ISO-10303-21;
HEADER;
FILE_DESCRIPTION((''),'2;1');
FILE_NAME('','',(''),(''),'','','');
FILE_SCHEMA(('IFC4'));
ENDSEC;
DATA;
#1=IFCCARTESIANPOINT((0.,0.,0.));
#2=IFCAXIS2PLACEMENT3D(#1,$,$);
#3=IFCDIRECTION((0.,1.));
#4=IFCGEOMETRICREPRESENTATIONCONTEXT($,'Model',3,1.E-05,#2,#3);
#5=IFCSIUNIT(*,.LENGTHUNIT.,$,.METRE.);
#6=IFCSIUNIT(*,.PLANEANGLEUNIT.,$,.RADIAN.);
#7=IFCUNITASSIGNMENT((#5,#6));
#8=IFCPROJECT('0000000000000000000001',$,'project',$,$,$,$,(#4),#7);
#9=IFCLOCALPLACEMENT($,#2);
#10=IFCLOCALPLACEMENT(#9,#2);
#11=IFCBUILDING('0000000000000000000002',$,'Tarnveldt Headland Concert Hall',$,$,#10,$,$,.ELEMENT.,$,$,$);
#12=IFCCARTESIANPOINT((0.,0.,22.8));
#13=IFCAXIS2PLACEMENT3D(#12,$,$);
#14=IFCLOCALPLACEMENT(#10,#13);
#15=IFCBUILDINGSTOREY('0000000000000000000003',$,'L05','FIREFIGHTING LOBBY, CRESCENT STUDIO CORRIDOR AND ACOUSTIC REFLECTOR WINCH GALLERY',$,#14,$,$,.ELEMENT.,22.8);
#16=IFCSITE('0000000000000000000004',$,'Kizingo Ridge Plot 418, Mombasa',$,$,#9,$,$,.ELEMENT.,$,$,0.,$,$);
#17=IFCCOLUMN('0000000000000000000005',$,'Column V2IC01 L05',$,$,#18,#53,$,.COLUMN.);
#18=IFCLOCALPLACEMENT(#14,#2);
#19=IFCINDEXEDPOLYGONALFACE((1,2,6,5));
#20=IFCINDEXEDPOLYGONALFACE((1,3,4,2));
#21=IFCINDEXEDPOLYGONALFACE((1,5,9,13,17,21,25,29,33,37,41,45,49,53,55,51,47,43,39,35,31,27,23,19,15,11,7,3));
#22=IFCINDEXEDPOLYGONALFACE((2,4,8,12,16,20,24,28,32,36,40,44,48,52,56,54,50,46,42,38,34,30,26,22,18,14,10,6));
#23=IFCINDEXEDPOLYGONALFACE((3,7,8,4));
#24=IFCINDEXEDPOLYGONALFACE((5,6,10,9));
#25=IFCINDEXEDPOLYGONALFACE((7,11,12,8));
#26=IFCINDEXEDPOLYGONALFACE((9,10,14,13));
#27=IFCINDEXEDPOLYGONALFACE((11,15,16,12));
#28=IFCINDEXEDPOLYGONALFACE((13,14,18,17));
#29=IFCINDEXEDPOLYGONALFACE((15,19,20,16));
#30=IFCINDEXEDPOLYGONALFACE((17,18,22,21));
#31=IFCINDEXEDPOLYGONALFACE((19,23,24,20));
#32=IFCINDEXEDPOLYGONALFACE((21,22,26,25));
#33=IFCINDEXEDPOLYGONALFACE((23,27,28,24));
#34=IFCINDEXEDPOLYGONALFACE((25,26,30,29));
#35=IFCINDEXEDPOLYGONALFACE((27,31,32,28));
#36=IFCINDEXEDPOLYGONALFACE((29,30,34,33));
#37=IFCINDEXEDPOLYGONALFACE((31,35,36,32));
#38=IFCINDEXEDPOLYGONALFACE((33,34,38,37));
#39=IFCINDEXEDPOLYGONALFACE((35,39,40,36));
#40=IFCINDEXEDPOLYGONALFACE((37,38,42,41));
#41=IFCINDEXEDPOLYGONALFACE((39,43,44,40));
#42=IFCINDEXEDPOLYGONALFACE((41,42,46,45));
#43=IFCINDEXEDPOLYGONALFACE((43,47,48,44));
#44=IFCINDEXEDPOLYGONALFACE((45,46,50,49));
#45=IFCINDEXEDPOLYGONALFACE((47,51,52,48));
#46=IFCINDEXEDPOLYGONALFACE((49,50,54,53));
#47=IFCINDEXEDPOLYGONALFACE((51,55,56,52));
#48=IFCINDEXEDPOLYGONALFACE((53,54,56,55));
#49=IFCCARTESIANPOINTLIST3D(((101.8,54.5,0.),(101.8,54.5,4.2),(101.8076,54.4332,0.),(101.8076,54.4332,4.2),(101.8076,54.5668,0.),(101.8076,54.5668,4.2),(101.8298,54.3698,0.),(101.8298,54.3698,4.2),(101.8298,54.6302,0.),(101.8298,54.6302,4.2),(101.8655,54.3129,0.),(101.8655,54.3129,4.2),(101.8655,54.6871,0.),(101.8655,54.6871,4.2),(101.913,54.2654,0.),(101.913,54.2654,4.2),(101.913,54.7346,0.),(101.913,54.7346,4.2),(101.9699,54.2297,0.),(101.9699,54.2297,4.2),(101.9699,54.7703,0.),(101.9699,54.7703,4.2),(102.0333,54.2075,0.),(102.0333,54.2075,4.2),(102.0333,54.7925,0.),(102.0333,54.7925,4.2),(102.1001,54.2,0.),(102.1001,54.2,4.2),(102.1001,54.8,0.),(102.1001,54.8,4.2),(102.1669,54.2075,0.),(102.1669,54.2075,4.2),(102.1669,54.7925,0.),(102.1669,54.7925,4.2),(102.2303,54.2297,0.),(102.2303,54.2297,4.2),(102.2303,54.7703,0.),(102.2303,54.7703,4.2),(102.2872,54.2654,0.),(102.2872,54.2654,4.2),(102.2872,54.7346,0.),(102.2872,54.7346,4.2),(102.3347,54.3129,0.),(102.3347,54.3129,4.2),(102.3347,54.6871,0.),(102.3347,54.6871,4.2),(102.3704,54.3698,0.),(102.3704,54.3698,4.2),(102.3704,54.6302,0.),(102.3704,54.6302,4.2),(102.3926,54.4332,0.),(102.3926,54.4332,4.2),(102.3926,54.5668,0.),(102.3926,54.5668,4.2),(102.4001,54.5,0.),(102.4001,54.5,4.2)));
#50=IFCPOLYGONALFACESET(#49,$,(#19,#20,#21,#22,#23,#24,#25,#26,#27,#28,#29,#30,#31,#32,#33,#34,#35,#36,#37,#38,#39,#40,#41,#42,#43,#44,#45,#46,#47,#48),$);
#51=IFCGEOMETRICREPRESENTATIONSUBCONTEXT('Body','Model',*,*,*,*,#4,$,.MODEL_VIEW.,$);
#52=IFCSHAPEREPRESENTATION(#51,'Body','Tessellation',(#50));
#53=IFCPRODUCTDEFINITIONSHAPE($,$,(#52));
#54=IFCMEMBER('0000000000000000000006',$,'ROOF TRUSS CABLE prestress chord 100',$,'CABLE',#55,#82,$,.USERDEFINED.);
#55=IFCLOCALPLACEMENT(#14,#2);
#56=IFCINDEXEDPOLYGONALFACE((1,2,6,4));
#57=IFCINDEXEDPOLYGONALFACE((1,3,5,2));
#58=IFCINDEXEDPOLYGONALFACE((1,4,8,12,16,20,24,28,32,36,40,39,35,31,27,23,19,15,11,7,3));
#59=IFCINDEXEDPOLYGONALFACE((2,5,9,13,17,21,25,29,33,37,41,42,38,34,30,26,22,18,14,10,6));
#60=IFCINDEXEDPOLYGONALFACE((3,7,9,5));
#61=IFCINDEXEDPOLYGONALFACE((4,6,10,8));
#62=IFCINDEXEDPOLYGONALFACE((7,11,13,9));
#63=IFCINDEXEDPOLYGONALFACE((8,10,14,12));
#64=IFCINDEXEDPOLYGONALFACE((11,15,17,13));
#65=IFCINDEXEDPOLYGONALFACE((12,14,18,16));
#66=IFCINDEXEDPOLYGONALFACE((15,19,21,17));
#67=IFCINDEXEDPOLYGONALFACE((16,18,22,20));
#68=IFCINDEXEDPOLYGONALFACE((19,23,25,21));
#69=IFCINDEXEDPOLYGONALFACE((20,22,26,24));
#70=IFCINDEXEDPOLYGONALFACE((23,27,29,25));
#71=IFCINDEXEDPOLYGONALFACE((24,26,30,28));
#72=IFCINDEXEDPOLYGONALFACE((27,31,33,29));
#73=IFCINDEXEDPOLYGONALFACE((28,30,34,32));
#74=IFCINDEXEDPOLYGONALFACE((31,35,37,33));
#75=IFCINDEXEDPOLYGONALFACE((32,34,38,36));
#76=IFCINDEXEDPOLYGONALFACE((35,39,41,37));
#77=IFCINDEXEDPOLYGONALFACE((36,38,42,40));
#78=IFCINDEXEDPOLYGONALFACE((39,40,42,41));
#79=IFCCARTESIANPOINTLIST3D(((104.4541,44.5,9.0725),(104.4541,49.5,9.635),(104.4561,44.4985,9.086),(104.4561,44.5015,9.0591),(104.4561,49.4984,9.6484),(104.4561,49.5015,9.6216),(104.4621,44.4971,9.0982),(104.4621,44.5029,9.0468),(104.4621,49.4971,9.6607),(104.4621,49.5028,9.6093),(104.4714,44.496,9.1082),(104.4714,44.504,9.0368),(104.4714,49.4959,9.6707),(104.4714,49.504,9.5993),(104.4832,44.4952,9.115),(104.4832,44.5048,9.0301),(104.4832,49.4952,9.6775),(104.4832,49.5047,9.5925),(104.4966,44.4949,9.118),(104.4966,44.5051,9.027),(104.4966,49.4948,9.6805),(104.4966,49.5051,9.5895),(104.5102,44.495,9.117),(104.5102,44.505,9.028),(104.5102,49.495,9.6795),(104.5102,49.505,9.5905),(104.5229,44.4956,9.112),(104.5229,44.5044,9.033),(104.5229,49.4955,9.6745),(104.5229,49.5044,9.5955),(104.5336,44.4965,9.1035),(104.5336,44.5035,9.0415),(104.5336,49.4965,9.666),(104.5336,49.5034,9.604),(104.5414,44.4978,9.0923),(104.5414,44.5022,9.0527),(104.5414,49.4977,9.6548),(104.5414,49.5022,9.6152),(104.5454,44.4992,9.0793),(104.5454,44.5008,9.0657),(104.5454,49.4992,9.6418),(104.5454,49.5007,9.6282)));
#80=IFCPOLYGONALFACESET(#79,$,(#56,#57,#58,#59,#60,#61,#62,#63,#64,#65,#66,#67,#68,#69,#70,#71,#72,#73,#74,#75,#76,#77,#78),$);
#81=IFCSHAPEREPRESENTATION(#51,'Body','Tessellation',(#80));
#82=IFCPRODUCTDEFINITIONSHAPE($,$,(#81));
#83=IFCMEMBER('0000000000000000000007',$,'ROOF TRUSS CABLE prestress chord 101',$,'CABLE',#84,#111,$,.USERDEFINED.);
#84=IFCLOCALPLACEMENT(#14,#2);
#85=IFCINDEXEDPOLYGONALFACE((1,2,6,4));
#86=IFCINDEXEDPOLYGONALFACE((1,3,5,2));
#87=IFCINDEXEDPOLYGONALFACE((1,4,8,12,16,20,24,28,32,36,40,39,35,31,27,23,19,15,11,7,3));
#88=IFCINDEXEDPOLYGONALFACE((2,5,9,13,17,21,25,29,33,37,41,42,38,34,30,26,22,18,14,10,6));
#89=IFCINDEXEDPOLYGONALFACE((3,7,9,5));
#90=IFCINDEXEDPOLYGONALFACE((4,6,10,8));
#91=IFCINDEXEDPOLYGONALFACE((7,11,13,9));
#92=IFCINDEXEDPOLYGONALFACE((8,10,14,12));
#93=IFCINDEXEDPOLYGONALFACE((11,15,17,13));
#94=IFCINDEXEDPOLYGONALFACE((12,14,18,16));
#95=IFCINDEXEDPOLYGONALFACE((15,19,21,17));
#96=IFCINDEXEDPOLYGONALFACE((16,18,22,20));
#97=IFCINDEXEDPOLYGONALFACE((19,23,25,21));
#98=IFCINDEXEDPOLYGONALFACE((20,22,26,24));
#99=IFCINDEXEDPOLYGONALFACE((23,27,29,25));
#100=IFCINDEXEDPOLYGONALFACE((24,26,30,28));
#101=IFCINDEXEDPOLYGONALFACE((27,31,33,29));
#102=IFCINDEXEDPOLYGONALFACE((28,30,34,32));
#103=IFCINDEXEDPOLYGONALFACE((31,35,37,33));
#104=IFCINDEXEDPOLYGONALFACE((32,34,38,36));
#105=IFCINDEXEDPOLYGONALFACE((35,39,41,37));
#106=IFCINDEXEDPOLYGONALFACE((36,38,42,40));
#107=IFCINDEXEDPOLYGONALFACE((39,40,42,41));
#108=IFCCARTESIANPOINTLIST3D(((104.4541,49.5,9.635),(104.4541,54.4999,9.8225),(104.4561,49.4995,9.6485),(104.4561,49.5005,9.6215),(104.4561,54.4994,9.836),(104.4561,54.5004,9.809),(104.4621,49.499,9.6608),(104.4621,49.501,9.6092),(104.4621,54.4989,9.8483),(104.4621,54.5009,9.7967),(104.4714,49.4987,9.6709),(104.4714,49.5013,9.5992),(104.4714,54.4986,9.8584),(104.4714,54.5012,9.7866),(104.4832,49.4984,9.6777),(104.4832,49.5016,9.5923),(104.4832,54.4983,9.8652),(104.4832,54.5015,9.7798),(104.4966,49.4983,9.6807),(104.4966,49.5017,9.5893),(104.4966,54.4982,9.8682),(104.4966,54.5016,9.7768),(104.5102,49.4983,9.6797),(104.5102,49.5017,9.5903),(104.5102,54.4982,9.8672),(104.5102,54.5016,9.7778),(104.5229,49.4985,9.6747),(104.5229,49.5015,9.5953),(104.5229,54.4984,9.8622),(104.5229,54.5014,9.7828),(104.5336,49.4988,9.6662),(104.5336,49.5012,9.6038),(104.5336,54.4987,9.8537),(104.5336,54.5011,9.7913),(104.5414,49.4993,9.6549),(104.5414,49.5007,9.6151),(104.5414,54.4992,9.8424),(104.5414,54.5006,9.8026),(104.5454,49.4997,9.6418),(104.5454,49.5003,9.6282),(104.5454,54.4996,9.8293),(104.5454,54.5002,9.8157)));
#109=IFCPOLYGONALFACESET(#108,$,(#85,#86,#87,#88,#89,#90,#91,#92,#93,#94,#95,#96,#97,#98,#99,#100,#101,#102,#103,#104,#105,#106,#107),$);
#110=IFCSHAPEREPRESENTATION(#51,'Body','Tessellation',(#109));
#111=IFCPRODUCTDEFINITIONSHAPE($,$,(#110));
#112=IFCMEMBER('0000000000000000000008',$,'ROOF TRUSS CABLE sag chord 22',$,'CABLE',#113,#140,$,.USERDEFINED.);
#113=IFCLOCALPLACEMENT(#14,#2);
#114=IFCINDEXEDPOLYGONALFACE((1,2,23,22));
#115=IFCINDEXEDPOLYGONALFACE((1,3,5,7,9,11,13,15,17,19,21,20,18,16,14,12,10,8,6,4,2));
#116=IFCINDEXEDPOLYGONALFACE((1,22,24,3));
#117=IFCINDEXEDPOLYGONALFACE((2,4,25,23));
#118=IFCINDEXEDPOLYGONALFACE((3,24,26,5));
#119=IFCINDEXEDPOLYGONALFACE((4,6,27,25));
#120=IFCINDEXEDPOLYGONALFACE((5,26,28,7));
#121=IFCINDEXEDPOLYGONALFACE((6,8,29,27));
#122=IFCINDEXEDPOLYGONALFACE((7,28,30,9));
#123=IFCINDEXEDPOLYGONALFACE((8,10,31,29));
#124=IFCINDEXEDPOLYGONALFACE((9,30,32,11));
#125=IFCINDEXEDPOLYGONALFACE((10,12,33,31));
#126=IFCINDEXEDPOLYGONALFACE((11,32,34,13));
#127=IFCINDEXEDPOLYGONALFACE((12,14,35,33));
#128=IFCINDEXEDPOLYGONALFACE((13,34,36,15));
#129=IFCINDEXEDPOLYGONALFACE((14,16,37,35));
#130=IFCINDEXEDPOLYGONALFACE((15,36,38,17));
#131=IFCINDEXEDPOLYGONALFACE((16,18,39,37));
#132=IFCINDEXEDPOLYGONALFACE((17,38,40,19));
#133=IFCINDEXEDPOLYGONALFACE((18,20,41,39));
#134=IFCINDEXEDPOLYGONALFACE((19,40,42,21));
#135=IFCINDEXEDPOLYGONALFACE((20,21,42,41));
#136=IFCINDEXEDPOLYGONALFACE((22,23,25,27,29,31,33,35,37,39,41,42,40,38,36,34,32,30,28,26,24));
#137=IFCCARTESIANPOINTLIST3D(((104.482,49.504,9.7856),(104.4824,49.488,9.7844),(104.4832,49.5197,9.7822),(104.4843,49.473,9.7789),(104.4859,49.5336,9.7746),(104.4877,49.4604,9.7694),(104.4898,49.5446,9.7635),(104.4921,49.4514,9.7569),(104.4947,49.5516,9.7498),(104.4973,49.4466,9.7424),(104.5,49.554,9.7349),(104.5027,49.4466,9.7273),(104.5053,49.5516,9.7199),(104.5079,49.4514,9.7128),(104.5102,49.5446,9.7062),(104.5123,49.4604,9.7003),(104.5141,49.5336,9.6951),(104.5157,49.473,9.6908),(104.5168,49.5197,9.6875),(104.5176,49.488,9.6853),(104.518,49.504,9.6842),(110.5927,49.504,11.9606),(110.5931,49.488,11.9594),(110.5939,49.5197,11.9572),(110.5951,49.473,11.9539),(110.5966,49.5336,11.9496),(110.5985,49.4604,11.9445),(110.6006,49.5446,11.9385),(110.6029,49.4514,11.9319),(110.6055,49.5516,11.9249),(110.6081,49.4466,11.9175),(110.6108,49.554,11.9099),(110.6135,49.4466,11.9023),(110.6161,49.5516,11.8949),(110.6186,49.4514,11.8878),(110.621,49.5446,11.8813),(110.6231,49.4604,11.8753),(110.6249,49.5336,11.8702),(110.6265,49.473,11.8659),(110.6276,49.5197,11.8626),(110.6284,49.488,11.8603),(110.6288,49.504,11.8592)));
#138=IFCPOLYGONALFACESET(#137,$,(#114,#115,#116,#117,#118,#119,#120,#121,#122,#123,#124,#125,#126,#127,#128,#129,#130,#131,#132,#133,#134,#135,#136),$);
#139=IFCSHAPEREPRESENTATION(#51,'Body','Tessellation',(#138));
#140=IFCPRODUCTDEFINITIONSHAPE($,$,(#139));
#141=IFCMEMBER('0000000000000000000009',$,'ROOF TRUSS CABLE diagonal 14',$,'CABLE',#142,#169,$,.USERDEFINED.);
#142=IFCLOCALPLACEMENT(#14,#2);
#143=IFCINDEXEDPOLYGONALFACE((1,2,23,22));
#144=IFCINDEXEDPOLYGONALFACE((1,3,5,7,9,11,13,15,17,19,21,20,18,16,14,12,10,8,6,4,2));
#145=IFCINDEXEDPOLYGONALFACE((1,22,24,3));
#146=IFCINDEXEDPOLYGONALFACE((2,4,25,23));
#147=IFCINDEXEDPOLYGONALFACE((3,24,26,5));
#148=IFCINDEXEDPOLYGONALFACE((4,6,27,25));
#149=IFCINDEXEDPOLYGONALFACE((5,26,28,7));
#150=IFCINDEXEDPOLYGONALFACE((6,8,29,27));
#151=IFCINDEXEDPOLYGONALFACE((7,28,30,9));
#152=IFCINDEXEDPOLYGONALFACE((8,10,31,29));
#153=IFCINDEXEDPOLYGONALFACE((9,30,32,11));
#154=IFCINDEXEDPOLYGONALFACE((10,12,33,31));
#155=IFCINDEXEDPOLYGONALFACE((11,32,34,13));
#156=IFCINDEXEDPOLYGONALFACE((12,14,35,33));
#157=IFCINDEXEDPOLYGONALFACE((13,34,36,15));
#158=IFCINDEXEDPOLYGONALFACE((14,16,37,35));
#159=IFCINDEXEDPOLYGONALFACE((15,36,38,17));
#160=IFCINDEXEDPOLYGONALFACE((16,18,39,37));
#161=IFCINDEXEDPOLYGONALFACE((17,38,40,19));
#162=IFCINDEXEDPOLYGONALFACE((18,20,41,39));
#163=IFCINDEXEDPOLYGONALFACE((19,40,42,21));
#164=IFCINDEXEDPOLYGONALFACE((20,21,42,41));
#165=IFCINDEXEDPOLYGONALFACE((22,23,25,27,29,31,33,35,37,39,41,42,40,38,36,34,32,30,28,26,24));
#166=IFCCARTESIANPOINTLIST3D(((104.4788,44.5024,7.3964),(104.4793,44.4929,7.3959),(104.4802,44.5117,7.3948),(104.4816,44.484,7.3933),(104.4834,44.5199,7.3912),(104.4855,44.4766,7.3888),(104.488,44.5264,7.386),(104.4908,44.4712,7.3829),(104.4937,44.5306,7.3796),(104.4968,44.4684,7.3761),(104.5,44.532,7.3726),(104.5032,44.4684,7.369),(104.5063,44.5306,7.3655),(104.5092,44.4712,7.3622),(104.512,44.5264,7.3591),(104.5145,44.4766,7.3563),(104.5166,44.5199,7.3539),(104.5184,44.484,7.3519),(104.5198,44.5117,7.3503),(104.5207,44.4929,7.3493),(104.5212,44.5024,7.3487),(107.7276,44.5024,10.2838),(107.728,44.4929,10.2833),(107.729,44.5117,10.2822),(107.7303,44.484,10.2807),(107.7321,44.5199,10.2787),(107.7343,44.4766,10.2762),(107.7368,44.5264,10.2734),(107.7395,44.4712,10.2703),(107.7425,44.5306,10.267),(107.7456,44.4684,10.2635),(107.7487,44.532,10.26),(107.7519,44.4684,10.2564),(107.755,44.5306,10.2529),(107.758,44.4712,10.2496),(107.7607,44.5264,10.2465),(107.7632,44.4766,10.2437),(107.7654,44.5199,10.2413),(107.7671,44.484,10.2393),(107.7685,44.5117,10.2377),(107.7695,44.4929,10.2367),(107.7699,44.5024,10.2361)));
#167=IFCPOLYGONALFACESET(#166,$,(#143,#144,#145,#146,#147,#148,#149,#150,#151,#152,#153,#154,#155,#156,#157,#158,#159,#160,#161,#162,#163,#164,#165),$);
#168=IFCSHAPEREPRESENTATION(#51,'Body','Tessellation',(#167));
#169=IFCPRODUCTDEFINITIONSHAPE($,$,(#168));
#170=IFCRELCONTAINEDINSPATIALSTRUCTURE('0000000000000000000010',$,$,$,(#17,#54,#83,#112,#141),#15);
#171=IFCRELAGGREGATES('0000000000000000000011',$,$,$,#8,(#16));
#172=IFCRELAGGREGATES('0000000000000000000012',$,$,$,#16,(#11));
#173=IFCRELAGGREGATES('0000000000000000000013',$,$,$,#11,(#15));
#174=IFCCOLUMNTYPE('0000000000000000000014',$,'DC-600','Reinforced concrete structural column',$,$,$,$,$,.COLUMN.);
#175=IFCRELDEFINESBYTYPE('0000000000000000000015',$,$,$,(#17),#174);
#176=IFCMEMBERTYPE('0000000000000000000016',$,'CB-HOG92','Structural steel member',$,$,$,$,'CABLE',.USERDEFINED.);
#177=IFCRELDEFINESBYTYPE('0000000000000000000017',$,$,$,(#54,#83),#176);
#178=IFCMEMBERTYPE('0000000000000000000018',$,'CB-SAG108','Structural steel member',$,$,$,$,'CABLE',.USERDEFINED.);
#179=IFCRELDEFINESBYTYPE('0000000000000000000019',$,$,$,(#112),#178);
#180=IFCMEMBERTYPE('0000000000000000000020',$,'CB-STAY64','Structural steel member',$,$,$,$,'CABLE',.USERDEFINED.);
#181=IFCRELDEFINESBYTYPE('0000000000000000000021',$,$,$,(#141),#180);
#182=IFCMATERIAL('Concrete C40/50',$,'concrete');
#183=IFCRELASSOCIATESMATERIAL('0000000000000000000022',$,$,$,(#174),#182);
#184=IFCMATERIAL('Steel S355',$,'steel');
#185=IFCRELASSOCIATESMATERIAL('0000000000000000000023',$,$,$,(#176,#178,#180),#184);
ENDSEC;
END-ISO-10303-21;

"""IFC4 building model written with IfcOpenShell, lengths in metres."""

from ifc_helpers import new_model, si_unit, direction, frame, origin, origin_2d, place, context, subcontext, project, spatial, circle, extrude, material, material_profile, profile_set, type_object, element, save


model = new_model("IFC4")

# Units and contexts
model_context = context("Model", 3, precision=1e-05, world=origin(), true_north=direction((0.0, 1.0)))
body_context = subcontext(model_context, "Body", "Model", "MODEL_VIEW")
ifc_project = project(units=[si_unit("LENGTHUNIT", "METRE"), si_unit("PLANEANGLEUNIT", "RADIAN")], contexts=[model_context])

# Site, building, storey
site_placement = place(None, origin())
site = spatial("IfcSite", under=ifc_project, at=site_placement, Name="Kizingo Ridge Plot 418, Mombasa", CompositionType="ELEMENT", RefElevation=0.0)
building_placement = place(site_placement, origin())
building = spatial("IfcBuilding", under=site, at=building_placement, Name="Tarnveldt Headland Concert Hall", CompositionType="ELEMENT")
storey_placement = place(building_placement, frame((0.0, 0.0, 22.8)))
storey = spatial("IfcBuildingStorey", under=building, at=storey_placement, Name="L05", Description="FIREFIGHTING LOBBY, CRESCENT STUDIO CORRIDOR AND ACOUSTIC REFLECTOR WINCH GALLERY", CompositionType="ELEMENT", Elevation=22.8)

# Column
ifc_material_1 = material(Name="Concrete C40/50", Category="concrete")
ifc_material_profile_1 = material_profile(ifc_material_1, circle(Radius=0.3, at=origin_2d()), Name="RC D600", Category="concrete")
ifc_profile_set_1 = profile_set([ifc_material_profile_1], Name="Concrete C40/50")
column_type = type_object("IfcColumnType", Name="DC-600", Description="Reinforced concrete structural column", PredefinedType="COLUMN", material=ifc_profile_set_1)
for number, where, z_axis, x_axis, name in (
    (1, (102.1001, 54.5, 0.0), (0.0, 0.0, 1.0), (1.0, 0.0, 0.0), "Column V2IC01 L05"),
):
    element("IfcColumn", number, at=place(storey_placement, frame(where, z_axis=z_axis, x_axis=x_axis)), inside=storey, type_object=column_type, Name=name, PredefinedType="COLUMN", context=body_context, shape_type="SweptSolid", body=[
        extrude(circle(Radius=0.3, at=origin_2d()), origin(), (0.0, 0.0, 1.0), 4.2),
    ])

# Members
ifc_material_2 = material(Name="Steel S355", Category="steel")
ifc_material_profile_2 = material_profile(ifc_material_2, circle(Radius=0.0459, at=origin_2d()), Name="LC D92", Category="steel")
ifc_profile_set_2 = profile_set([ifc_material_profile_2], Name="Steel S355")
member_type_1 = type_object("IfcMemberType", Name="CB-HOG92", Description="Structural steel member", ElementType="CABLE", PredefinedType="USERDEFINED", material=ifc_profile_set_2)
member_1_placement = place(storey_placement, frame((104.5, 44.5, 9.0725), z_axis=(0.0, 0.993731, 0.111795), x_axis=(-1.0, 0.0, 0.0)))
element("IfcMember", 2, at=member_1_placement, inside=storey, type_object=member_type_1, Name="ROOF TRUSS CABLE prestress chord 100", ObjectType="CABLE", PredefinedType="USERDEFINED", context=body_context, shape_type="SweptSolid", body=[
    extrude(circle(Radius=0.0459, at=origin_2d()), origin(), (0.0, 0.0, 1.0), 5.0315),
])
member_2_placement = place(storey_placement, frame((104.5, 49.5, 9.635), z_axis=(0.0, 0.999298, 0.037474), x_axis=(-1.0, 0.0, 0.0)))
element("IfcMember", 3, at=member_2_placement, inside=storey, type_object=member_type_1, Name="ROOF TRUSS CABLE prestress chord 101", ObjectType="CABLE", PredefinedType="USERDEFINED", context=body_context, shape_type="SweptSolid", body=[
    extrude(circle(Radius=0.0459, at=origin_2d()), origin(), (0.0, 0.0, 1.0), 5.0034),
])
ifc_material_profile_3 = material_profile(ifc_material_2, circle(Radius=0.054, at=origin_2d()), Name="LC D108", Category="steel")
ifc_profile_set_3 = profile_set([ifc_material_profile_3], Name="Steel S355")
member_type_2 = type_object("IfcMemberType", Name="CB-SAG108", Description="Structural steel member", ElementType="CABLE", PredefinedType="USERDEFINED", material=ifc_profile_set_3)
member_3_placement = place(storey_placement, frame((104.5, 49.5, 9.7349), z_axis=(0.942102, 0.0, 0.335325), x_axis=(0.0, 1.0, 0.0)))
element("IfcMember", 4, at=member_3_placement, inside=storey, type_object=member_type_2, Name="ROOF TRUSS CABLE sag chord 22", ObjectType="CABLE", PredefinedType="USERDEFINED", context=body_context, shape_type="SweptSolid", body=[
    extrude(circle(Radius=0.054, at=origin_2d()), origin(), (0.0, 0.0, 1.0), 6.4863),
])
ifc_material_profile_4 = material_profile(ifc_material_2, circle(Radius=0.032, at=origin_2d()), Name="LC D64", Category="steel")
ifc_profile_set_4 = profile_set([ifc_material_profile_4], Name="Steel S355")
member_type_3 = type_object("IfcMemberType", Name="CB-STAY64", Description="Structural steel member", ElementType="CABLE", PredefinedType="USERDEFINED", material=ifc_profile_set_4)
member_4_placement = place(storey_placement, frame((104.5, 44.5, 7.3726), z_axis=(0.74745, 0.0, 0.664319), x_axis=(0.0, 1.0, 0.0)))
element("IfcMember", 5, at=member_4_placement, inside=storey, type_object=member_type_3, Name="ROOF TRUSS CABLE diagonal 14", ObjectType="CABLE", PredefinedType="USERDEFINED", context=body_context, shape_type="SweptSolid", body=[
    extrude(circle(Radius=0.032, at=origin_2d()), origin(), (0.0, 0.0, 1.0), 4.3464),
])

save(model, "model.ifc")
